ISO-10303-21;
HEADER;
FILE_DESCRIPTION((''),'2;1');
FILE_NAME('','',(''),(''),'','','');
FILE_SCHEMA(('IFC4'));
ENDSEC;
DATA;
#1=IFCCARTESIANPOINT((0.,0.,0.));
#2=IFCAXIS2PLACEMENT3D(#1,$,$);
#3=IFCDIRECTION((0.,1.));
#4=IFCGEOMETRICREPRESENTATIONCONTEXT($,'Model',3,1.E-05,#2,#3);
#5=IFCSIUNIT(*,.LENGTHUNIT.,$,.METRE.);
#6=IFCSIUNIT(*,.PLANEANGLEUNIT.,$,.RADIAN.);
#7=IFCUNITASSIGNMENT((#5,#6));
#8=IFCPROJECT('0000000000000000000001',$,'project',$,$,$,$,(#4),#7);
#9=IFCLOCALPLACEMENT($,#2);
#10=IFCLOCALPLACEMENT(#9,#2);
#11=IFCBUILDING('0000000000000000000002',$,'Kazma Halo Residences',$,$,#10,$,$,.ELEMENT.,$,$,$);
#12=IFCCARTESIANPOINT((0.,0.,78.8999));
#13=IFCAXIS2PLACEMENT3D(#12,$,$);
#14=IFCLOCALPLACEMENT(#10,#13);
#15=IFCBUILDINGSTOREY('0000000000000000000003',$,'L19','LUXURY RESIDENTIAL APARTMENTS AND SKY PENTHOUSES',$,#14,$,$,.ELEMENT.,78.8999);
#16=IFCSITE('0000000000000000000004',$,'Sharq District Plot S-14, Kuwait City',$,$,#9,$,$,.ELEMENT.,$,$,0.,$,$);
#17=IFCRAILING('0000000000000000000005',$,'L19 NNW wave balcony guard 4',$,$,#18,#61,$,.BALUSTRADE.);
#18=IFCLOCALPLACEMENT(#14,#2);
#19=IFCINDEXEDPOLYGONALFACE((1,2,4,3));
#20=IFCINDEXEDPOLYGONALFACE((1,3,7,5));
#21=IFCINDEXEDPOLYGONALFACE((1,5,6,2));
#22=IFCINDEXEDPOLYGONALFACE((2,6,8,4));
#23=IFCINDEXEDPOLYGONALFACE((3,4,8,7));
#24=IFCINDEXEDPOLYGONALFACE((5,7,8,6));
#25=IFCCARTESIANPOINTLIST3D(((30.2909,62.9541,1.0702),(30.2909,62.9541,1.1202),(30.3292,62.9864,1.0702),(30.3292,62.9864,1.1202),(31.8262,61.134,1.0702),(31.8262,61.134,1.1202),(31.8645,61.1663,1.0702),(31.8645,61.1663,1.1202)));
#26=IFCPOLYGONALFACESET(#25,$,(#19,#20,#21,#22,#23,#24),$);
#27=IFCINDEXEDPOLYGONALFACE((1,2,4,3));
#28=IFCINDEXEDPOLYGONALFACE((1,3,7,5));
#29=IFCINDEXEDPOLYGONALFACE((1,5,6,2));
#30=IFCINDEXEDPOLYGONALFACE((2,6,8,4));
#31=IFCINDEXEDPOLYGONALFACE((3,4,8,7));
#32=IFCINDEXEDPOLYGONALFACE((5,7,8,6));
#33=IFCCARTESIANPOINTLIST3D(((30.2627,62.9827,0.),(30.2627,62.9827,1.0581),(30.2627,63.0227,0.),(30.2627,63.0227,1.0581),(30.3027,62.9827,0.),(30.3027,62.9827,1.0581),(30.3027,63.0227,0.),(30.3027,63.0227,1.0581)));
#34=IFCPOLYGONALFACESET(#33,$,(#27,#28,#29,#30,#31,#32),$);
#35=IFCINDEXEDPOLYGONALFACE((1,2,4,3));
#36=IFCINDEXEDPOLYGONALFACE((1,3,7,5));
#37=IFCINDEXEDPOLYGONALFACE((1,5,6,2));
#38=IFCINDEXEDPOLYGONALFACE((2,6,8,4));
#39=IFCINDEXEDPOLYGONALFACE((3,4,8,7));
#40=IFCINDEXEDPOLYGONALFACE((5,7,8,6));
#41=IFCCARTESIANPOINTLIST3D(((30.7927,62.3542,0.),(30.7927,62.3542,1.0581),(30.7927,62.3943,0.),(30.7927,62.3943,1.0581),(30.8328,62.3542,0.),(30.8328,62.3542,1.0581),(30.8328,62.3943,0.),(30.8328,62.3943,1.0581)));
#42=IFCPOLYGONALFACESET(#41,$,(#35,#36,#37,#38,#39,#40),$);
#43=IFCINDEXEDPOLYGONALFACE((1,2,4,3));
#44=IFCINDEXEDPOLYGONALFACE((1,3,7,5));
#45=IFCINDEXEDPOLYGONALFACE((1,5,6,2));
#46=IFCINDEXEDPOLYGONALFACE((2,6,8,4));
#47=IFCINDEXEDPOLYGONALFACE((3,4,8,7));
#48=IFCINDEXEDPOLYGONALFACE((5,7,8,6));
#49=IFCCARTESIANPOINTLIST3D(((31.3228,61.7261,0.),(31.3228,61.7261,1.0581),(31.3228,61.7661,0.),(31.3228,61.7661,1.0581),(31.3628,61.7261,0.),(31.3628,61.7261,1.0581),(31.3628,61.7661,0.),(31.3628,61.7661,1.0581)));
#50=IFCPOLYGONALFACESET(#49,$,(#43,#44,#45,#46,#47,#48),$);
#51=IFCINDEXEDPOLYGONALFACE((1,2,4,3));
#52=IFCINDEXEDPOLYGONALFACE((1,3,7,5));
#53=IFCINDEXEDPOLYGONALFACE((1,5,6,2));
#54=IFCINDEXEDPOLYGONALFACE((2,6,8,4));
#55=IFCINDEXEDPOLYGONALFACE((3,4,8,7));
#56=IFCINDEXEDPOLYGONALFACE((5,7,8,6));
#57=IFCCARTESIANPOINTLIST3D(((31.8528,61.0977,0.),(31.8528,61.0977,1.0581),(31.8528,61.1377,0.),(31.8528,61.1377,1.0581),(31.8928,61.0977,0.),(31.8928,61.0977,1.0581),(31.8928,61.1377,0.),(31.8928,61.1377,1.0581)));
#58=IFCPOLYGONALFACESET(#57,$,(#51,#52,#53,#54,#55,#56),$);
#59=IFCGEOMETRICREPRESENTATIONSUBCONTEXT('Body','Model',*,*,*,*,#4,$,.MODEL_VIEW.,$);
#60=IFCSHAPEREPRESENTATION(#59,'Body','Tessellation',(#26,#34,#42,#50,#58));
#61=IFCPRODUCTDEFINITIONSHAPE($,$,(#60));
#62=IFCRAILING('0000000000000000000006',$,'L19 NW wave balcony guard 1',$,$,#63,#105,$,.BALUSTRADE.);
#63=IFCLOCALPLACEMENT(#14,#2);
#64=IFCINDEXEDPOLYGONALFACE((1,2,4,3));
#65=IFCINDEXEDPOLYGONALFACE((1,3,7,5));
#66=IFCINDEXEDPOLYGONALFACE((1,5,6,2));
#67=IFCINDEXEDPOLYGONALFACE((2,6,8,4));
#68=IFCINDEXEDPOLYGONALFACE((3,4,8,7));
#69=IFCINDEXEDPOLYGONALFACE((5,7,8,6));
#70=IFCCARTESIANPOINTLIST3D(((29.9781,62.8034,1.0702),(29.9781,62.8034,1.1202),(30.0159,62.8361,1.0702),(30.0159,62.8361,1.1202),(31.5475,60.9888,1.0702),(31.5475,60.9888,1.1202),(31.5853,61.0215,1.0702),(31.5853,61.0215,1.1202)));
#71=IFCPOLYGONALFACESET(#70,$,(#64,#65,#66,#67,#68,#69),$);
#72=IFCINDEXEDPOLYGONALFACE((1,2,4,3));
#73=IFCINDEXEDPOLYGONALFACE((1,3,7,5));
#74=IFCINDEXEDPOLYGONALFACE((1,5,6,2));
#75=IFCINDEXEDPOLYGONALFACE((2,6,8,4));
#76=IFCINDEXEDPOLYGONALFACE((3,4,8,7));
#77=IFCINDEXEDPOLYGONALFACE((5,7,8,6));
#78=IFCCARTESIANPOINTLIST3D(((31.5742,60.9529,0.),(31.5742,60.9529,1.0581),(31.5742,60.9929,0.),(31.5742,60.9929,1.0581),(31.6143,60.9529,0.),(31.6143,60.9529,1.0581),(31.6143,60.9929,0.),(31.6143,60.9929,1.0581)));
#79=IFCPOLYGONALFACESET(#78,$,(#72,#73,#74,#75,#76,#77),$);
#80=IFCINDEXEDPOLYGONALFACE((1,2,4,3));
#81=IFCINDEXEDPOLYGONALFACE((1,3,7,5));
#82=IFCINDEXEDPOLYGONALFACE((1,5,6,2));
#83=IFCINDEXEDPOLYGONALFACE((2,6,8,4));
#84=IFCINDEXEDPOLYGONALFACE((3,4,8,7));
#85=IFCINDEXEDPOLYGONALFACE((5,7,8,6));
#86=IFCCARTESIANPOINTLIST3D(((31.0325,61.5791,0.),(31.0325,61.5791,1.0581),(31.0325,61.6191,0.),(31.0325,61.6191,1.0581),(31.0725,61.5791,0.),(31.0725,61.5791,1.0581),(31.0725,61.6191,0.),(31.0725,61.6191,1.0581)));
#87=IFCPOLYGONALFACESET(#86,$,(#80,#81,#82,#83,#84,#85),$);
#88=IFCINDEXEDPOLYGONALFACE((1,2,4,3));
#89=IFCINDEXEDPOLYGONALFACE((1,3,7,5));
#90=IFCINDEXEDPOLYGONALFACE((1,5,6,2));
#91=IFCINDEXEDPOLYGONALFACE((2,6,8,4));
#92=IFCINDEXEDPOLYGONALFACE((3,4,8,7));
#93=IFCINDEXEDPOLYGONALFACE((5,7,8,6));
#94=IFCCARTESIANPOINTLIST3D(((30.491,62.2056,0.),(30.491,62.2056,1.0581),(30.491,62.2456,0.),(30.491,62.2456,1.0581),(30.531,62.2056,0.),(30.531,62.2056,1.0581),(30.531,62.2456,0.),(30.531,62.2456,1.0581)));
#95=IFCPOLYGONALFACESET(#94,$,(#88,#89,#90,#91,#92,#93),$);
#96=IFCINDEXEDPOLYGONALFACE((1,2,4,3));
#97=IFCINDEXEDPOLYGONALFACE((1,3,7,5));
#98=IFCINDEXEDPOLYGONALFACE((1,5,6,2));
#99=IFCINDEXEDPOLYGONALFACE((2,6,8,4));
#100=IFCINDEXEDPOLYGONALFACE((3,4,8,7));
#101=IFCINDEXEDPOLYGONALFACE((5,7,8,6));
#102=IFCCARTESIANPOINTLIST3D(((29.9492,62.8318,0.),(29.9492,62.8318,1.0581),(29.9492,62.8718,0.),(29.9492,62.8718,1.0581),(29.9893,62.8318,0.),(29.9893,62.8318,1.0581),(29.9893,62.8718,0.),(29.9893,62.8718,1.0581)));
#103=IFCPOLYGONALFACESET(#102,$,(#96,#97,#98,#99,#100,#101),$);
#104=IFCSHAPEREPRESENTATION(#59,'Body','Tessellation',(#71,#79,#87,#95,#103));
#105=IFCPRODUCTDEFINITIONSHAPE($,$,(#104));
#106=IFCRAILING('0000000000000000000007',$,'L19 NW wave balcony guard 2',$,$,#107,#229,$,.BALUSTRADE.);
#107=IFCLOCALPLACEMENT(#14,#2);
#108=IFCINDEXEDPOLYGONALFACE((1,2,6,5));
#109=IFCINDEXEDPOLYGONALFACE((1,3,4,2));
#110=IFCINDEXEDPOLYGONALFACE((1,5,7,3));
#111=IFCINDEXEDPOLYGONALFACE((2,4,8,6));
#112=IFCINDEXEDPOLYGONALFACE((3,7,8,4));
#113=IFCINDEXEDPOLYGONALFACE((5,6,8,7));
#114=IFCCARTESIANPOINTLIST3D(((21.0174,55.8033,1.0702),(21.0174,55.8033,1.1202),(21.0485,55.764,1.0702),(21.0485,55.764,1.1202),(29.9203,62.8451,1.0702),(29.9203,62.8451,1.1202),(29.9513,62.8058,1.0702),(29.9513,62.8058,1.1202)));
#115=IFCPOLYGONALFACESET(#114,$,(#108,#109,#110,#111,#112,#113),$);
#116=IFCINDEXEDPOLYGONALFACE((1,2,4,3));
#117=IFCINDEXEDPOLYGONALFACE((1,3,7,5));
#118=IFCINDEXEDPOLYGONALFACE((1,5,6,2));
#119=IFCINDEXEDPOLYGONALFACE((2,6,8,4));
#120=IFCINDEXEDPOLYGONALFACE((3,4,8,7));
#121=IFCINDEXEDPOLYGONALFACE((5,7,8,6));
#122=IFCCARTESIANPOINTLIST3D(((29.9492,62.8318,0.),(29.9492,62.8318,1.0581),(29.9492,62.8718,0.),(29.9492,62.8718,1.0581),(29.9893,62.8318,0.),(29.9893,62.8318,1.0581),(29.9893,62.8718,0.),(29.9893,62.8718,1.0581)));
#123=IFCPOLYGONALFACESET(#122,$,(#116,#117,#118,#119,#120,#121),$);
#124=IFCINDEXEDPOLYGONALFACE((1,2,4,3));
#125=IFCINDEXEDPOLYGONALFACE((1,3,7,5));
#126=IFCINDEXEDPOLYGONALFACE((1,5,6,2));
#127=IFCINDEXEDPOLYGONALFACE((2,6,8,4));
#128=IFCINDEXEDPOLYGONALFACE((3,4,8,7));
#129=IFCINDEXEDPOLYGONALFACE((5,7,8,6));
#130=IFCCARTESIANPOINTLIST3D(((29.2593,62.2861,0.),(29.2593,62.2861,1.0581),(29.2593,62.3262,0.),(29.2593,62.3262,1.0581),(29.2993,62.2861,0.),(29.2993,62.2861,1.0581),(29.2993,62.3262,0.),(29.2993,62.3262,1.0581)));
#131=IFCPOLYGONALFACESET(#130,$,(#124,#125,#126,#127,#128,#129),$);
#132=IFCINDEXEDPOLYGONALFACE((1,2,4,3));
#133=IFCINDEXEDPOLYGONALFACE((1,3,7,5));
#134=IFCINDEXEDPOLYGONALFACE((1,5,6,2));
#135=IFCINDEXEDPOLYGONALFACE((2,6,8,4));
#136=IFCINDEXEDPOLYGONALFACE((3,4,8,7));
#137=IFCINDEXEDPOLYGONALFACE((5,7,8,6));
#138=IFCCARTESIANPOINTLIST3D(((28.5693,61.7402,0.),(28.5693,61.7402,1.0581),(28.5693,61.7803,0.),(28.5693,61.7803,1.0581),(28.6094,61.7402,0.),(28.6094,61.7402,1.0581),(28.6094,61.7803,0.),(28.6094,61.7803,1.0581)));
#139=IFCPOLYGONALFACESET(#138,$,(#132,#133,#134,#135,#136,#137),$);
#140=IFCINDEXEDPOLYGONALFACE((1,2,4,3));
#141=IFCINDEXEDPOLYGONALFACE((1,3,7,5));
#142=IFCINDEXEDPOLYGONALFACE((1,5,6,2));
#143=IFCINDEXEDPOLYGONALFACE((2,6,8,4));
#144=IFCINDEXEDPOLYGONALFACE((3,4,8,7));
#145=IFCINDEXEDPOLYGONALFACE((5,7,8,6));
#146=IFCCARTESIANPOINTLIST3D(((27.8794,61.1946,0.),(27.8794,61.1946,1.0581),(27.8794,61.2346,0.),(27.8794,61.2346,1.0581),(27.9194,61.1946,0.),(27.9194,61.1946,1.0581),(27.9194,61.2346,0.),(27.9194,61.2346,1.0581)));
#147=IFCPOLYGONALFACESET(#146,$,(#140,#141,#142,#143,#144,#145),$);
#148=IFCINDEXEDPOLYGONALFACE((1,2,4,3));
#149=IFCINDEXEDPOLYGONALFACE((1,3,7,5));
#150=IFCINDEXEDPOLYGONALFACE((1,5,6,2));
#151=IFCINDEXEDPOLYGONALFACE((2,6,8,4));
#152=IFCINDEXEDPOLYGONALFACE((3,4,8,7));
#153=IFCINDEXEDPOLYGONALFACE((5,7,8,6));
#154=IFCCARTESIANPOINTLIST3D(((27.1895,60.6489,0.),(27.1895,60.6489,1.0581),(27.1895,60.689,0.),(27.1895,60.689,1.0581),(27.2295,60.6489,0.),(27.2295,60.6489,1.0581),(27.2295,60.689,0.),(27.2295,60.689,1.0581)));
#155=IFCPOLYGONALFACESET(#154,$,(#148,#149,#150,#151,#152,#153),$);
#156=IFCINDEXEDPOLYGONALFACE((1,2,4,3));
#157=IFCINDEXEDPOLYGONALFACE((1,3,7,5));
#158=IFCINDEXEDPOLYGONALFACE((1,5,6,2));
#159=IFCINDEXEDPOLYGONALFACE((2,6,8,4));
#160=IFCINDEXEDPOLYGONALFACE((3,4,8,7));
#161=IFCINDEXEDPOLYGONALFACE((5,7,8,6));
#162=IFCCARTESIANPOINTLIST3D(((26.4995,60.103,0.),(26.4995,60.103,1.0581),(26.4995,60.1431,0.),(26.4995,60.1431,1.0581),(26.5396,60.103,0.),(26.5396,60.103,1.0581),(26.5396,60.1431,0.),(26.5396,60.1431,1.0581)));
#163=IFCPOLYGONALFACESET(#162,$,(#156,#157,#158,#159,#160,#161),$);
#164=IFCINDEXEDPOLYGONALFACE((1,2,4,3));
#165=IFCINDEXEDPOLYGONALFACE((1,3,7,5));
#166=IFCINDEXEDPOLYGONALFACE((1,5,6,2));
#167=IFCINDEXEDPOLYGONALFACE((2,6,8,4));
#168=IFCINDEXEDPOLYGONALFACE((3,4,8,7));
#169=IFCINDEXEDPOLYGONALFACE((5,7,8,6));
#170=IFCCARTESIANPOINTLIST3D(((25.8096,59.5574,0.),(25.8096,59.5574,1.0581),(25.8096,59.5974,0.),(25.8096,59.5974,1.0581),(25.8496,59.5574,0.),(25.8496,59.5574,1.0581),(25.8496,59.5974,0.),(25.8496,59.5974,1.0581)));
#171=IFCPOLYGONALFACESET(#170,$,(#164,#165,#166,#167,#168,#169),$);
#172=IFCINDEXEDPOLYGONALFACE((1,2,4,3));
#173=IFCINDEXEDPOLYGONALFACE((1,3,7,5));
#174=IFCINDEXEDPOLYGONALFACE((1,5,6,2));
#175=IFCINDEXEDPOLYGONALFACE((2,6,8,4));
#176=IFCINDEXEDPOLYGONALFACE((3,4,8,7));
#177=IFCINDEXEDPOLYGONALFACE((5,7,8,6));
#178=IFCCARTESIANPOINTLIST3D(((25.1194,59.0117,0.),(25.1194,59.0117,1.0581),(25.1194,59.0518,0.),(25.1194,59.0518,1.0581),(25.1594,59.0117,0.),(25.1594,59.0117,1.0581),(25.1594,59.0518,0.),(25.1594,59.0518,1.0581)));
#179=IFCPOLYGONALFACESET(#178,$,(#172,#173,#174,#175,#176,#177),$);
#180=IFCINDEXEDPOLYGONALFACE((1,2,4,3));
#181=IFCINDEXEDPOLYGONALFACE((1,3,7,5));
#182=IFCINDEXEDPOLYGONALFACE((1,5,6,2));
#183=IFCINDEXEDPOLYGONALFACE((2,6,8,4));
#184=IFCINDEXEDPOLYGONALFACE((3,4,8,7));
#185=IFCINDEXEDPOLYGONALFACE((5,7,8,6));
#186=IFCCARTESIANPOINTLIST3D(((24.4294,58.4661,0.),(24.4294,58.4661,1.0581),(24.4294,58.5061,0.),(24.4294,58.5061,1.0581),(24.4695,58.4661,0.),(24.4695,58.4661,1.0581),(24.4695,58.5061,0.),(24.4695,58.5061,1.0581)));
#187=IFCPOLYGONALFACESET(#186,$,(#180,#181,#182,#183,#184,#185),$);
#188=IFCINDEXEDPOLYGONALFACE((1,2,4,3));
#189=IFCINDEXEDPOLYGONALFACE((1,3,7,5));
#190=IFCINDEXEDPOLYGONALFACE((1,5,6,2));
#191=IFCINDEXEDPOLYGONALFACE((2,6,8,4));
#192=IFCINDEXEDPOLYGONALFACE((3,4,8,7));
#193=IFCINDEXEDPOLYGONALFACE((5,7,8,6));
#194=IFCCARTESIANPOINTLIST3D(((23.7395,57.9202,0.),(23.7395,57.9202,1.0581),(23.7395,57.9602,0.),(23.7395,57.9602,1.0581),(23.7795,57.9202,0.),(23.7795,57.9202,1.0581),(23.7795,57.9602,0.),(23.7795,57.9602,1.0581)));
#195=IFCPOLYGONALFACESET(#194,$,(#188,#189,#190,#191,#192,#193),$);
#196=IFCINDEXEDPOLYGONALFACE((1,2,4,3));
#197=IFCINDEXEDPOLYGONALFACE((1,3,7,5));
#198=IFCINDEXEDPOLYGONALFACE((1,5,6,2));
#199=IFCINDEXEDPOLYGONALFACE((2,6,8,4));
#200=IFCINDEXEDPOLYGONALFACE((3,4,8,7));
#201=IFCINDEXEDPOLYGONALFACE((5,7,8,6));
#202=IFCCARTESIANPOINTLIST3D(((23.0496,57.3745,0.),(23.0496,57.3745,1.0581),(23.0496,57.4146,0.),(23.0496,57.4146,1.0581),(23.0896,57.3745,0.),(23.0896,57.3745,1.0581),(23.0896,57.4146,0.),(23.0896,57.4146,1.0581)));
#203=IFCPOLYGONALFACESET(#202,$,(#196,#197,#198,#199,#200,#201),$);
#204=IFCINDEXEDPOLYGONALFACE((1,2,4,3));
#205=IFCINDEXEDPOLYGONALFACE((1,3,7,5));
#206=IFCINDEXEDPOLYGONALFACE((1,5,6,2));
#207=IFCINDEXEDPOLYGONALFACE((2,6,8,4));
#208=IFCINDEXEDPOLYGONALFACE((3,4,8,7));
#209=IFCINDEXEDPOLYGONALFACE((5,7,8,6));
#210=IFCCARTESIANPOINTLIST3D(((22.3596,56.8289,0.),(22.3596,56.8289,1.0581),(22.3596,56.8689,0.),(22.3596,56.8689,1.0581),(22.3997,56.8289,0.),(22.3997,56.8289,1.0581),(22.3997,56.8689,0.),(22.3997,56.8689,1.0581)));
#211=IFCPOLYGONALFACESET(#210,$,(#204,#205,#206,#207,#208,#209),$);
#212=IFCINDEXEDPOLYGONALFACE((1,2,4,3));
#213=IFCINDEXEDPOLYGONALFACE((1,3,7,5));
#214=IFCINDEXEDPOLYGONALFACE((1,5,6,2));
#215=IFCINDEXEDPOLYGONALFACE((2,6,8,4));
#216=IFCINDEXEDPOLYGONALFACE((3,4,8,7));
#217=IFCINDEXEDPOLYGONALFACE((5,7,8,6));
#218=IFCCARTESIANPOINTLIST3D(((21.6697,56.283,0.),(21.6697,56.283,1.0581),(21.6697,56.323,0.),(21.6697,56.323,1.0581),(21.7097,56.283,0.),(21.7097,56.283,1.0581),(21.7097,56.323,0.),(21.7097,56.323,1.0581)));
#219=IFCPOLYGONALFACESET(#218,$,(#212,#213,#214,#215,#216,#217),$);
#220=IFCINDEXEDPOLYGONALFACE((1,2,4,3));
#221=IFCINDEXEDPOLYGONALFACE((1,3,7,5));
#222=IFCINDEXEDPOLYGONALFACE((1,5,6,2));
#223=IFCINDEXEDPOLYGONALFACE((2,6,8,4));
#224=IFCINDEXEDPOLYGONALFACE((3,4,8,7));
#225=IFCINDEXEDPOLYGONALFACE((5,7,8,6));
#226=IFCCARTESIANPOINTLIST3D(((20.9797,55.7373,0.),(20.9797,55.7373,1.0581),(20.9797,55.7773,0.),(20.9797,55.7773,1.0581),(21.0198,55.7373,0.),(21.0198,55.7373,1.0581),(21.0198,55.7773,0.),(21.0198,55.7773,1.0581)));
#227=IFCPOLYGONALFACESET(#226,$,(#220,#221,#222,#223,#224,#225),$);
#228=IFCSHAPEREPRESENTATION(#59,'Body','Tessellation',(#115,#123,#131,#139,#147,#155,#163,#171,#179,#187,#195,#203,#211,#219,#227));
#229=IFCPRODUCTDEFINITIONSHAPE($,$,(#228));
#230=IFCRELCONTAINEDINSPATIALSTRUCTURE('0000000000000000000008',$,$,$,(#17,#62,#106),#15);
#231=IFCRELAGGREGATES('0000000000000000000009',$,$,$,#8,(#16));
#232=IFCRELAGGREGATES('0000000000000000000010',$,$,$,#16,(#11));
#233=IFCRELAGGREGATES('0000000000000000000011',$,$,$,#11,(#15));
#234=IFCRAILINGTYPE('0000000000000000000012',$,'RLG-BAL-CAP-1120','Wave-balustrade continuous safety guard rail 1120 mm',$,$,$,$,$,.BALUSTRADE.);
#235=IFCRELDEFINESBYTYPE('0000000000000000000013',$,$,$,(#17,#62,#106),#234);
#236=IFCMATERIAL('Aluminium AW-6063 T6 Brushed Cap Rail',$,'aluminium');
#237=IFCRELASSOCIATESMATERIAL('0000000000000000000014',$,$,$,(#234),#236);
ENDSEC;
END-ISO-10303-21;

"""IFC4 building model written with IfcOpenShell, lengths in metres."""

from ifc_helpers import new_model, si_unit, direction, frame, origin, origin_2d, place, context, subcontext, project, spatial, rectangle, extrude, material, type_object, element, save


model = new_model("IFC4")

# Units and contexts
model_context = context("Model", 3, precision=1e-05, world=origin(), true_north=direction((0.0, 1.0)))
body_context = subcontext(model_context, "Body", "Model", "MODEL_VIEW")
ifc_project = project(units=[si_unit("LENGTHUNIT", "METRE"), si_unit("PLANEANGLEUNIT", "RADIAN")], contexts=[model_context])

# Site, building, storey
site_placement = place(None, origin())
site = spatial("IfcSite", under=ifc_project, at=site_placement, Name="Sharq District Plot S-14, Kuwait City", CompositionType="ELEMENT", RefElevation=0.0)
building_placement = place(site_placement, origin())
building = spatial("IfcBuilding", under=site, at=building_placement, Name="Kazma Halo Residences", CompositionType="ELEMENT")
storey_placement = place(building_placement, frame((0.0, 0.0, 78.8999)))
storey = spatial("IfcBuildingStorey", under=building, at=storey_placement, Name="L19", Description="LUXURY RESIDENTIAL APARTMENTS AND SKY PENTHOUSES", CompositionType="ELEMENT", Elevation=78.8999)

# Railings
ifc_material_1 = material(Name="Aluminium AW-6063 T6 Brushed Cap Rail", Category="aluminium")
railing_type = type_object("IfcRailingType", Name="RLG-BAL-CAP-1120", Description="Wave-balustrade continuous safety guard rail 1120 mm", PredefinedType="BALUSTRADE", material=ifc_material_1)
railing_1_placement = place(storey_placement, frame((30.2827, 63.0027, 0.0)))
element("IfcRailing", 1, at=railing_1_placement, inside=storey, type_object=railing_type, Name="L19 NNW wave balcony guard 4", PredefinedType="BALUSTRADE", context=body_context, shape_type="SweptSolid", body=[
    extrude(rectangle(XDim=0.05, YDim=0.05, at=origin_2d()), frame((0.0273, -0.0325, 1.0952), z_axis=(0.644779, -0.764369, 0.0), x_axis=(0.764369, 0.644779, 0.0)), (0.0, 0.0, 1.0), 2.3811),
    extrude(rectangle(XDim=0.04, YDim=0.04, at=origin_2d()), origin(), (0.0, 0.0, 1.0), 1.0581),
    extrude(rectangle(XDim=0.04, YDim=0.04, at=origin_2d()), frame((0.53, -0.6284, 0.0)), (0.0, 0.0, 1.0), 1.0581),
    extrude(rectangle(XDim=0.04, YDim=0.04, at=origin_2d()), frame((1.0601, -1.2566, 0.0)), (0.0, 0.0, 1.0), 1.0581),
    extrude(rectangle(XDim=0.04, YDim=0.04, at=origin_2d()), frame((1.5901, -1.885, 0.0)), (0.0, 0.0, 1.0), 1.0581),
])
railing_2_placement = place(storey_placement, frame((31.5942, 60.9729, 0.0)))
element("IfcRailing", 2, at=railing_2_placement, inside=storey, type_object=railing_type, Name="L19 NW wave balcony guard 1", PredefinedType="BALUSTRADE", context=body_context, shape_type="SweptSolid", body=[
    extrude(rectangle(XDim=0.05, YDim=0.05, at=origin_2d()), frame((-0.0278, 0.0322, 1.0952), z_axis=(-0.654152, 0.756363, 0.0), x_axis=(-0.756363, -0.654152, 0.0)), (0.0, 0.0, 1.0), 2.3992),
    extrude(rectangle(XDim=0.04, YDim=0.04, at=origin_2d()), origin(), (0.0, 0.0, 1.0), 1.0581),
    extrude(rectangle(XDim=0.04, YDim=0.04, at=origin_2d()), frame((-0.5417, 0.6262, 0.0)), (0.0, 0.0, 1.0), 1.0581),
    extrude(rectangle(XDim=0.04, YDim=0.04, at=origin_2d()), frame((-1.0833, 1.2527, 0.0)), (0.0, 0.0, 1.0), 1.0581),
    extrude(rectangle(XDim=0.04, YDim=0.04, at=origin_2d()), frame((-1.625, 1.8789, 0.0)), (0.0, 0.0, 1.0), 1.0581),
])
railing_3_placement = place(storey_placement, frame((29.9692, 62.8518, 0.0)))
element("IfcRailing", 3, at=railing_3_placement, inside=storey, type_object=railing_type, Name="L19 NW wave balcony guard 2", PredefinedType="BALUSTRADE", context=body_context, shape_type="SweptSolid", body=[
    extrude(rectangle(XDim=0.05, YDim=0.05, at=origin_2d()), frame((-0.0334, -0.0264, 1.0952), z_axis=(-0.784316, -0.620361, 0.0), x_axis=(0.620361, -0.784316, 0.0)), (0.0, 0.0, 1.0), 11.3511),
    extrude(rectangle(XDim=0.04, YDim=0.04, at=origin_2d()), origin(), (0.0, 0.0, 1.0), 1.0581),
    extrude(rectangle(XDim=0.04, YDim=0.04, at=origin_2d()), frame((-0.6899, -0.5457, 0.0)), (0.0, 0.0, 1.0), 1.0581),
    extrude(rectangle(XDim=0.04, YDim=0.04, at=origin_2d()), frame((-1.3799, -1.0916, 0.0)), (0.0, 0.0, 1.0), 1.0581),
    extrude(rectangle(XDim=0.04, YDim=0.04, at=origin_2d()), frame((-2.0698, -1.6372, 0.0)), (0.0, 0.0, 1.0), 1.0581),
    extrude(rectangle(XDim=0.04, YDim=0.04, at=origin_2d()), frame((-2.7598, -2.1829, 0.0)), (0.0, 0.0, 1.0), 1.0581),
    extrude(rectangle(XDim=0.04, YDim=0.04, at=origin_2d()), frame((-3.4497, -2.7288, 0.0)), (0.0, 0.0, 1.0), 1.0581),
    extrude(rectangle(XDim=0.04, YDim=0.04, at=origin_2d()), frame((-4.1396, -3.2744, 0.0)), (0.0, 0.0, 1.0), 1.0581),
    extrude(rectangle(XDim=0.04, YDim=0.04, at=origin_2d()), frame((-4.8298, -3.8201, 0.0)), (0.0, 0.0, 1.0), 1.0581),
    extrude(rectangle(XDim=0.04, YDim=0.04, at=origin_2d()), frame((-5.5198, -4.3657, 0.0)), (0.0, 0.0, 1.0), 1.0581),
    extrude(rectangle(XDim=0.04, YDim=0.04, at=origin_2d()), frame((-6.2097, -4.9116, 0.0)), (0.0, 0.0, 1.0), 1.0581),
    extrude(rectangle(XDim=0.04, YDim=0.04, at=origin_2d()), frame((-6.8997, -5.4573, 0.0)), (0.0, 0.0, 1.0), 1.0581),
    extrude(rectangle(XDim=0.04, YDim=0.04, at=origin_2d()), frame((-7.5896, -6.0029, 0.0)), (0.0, 0.0, 1.0), 1.0581),
    extrude(rectangle(XDim=0.04, YDim=0.04, at=origin_2d()), frame((-8.2795, -6.5488, 0.0)), (0.0, 0.0, 1.0), 1.0581),
    extrude(rectangle(XDim=0.04, YDim=0.04, at=origin_2d()), frame((-8.9695, -7.0945, 0.0)), (0.0, 0.0, 1.0), 1.0581),
])

save(model, "model.ifc")
